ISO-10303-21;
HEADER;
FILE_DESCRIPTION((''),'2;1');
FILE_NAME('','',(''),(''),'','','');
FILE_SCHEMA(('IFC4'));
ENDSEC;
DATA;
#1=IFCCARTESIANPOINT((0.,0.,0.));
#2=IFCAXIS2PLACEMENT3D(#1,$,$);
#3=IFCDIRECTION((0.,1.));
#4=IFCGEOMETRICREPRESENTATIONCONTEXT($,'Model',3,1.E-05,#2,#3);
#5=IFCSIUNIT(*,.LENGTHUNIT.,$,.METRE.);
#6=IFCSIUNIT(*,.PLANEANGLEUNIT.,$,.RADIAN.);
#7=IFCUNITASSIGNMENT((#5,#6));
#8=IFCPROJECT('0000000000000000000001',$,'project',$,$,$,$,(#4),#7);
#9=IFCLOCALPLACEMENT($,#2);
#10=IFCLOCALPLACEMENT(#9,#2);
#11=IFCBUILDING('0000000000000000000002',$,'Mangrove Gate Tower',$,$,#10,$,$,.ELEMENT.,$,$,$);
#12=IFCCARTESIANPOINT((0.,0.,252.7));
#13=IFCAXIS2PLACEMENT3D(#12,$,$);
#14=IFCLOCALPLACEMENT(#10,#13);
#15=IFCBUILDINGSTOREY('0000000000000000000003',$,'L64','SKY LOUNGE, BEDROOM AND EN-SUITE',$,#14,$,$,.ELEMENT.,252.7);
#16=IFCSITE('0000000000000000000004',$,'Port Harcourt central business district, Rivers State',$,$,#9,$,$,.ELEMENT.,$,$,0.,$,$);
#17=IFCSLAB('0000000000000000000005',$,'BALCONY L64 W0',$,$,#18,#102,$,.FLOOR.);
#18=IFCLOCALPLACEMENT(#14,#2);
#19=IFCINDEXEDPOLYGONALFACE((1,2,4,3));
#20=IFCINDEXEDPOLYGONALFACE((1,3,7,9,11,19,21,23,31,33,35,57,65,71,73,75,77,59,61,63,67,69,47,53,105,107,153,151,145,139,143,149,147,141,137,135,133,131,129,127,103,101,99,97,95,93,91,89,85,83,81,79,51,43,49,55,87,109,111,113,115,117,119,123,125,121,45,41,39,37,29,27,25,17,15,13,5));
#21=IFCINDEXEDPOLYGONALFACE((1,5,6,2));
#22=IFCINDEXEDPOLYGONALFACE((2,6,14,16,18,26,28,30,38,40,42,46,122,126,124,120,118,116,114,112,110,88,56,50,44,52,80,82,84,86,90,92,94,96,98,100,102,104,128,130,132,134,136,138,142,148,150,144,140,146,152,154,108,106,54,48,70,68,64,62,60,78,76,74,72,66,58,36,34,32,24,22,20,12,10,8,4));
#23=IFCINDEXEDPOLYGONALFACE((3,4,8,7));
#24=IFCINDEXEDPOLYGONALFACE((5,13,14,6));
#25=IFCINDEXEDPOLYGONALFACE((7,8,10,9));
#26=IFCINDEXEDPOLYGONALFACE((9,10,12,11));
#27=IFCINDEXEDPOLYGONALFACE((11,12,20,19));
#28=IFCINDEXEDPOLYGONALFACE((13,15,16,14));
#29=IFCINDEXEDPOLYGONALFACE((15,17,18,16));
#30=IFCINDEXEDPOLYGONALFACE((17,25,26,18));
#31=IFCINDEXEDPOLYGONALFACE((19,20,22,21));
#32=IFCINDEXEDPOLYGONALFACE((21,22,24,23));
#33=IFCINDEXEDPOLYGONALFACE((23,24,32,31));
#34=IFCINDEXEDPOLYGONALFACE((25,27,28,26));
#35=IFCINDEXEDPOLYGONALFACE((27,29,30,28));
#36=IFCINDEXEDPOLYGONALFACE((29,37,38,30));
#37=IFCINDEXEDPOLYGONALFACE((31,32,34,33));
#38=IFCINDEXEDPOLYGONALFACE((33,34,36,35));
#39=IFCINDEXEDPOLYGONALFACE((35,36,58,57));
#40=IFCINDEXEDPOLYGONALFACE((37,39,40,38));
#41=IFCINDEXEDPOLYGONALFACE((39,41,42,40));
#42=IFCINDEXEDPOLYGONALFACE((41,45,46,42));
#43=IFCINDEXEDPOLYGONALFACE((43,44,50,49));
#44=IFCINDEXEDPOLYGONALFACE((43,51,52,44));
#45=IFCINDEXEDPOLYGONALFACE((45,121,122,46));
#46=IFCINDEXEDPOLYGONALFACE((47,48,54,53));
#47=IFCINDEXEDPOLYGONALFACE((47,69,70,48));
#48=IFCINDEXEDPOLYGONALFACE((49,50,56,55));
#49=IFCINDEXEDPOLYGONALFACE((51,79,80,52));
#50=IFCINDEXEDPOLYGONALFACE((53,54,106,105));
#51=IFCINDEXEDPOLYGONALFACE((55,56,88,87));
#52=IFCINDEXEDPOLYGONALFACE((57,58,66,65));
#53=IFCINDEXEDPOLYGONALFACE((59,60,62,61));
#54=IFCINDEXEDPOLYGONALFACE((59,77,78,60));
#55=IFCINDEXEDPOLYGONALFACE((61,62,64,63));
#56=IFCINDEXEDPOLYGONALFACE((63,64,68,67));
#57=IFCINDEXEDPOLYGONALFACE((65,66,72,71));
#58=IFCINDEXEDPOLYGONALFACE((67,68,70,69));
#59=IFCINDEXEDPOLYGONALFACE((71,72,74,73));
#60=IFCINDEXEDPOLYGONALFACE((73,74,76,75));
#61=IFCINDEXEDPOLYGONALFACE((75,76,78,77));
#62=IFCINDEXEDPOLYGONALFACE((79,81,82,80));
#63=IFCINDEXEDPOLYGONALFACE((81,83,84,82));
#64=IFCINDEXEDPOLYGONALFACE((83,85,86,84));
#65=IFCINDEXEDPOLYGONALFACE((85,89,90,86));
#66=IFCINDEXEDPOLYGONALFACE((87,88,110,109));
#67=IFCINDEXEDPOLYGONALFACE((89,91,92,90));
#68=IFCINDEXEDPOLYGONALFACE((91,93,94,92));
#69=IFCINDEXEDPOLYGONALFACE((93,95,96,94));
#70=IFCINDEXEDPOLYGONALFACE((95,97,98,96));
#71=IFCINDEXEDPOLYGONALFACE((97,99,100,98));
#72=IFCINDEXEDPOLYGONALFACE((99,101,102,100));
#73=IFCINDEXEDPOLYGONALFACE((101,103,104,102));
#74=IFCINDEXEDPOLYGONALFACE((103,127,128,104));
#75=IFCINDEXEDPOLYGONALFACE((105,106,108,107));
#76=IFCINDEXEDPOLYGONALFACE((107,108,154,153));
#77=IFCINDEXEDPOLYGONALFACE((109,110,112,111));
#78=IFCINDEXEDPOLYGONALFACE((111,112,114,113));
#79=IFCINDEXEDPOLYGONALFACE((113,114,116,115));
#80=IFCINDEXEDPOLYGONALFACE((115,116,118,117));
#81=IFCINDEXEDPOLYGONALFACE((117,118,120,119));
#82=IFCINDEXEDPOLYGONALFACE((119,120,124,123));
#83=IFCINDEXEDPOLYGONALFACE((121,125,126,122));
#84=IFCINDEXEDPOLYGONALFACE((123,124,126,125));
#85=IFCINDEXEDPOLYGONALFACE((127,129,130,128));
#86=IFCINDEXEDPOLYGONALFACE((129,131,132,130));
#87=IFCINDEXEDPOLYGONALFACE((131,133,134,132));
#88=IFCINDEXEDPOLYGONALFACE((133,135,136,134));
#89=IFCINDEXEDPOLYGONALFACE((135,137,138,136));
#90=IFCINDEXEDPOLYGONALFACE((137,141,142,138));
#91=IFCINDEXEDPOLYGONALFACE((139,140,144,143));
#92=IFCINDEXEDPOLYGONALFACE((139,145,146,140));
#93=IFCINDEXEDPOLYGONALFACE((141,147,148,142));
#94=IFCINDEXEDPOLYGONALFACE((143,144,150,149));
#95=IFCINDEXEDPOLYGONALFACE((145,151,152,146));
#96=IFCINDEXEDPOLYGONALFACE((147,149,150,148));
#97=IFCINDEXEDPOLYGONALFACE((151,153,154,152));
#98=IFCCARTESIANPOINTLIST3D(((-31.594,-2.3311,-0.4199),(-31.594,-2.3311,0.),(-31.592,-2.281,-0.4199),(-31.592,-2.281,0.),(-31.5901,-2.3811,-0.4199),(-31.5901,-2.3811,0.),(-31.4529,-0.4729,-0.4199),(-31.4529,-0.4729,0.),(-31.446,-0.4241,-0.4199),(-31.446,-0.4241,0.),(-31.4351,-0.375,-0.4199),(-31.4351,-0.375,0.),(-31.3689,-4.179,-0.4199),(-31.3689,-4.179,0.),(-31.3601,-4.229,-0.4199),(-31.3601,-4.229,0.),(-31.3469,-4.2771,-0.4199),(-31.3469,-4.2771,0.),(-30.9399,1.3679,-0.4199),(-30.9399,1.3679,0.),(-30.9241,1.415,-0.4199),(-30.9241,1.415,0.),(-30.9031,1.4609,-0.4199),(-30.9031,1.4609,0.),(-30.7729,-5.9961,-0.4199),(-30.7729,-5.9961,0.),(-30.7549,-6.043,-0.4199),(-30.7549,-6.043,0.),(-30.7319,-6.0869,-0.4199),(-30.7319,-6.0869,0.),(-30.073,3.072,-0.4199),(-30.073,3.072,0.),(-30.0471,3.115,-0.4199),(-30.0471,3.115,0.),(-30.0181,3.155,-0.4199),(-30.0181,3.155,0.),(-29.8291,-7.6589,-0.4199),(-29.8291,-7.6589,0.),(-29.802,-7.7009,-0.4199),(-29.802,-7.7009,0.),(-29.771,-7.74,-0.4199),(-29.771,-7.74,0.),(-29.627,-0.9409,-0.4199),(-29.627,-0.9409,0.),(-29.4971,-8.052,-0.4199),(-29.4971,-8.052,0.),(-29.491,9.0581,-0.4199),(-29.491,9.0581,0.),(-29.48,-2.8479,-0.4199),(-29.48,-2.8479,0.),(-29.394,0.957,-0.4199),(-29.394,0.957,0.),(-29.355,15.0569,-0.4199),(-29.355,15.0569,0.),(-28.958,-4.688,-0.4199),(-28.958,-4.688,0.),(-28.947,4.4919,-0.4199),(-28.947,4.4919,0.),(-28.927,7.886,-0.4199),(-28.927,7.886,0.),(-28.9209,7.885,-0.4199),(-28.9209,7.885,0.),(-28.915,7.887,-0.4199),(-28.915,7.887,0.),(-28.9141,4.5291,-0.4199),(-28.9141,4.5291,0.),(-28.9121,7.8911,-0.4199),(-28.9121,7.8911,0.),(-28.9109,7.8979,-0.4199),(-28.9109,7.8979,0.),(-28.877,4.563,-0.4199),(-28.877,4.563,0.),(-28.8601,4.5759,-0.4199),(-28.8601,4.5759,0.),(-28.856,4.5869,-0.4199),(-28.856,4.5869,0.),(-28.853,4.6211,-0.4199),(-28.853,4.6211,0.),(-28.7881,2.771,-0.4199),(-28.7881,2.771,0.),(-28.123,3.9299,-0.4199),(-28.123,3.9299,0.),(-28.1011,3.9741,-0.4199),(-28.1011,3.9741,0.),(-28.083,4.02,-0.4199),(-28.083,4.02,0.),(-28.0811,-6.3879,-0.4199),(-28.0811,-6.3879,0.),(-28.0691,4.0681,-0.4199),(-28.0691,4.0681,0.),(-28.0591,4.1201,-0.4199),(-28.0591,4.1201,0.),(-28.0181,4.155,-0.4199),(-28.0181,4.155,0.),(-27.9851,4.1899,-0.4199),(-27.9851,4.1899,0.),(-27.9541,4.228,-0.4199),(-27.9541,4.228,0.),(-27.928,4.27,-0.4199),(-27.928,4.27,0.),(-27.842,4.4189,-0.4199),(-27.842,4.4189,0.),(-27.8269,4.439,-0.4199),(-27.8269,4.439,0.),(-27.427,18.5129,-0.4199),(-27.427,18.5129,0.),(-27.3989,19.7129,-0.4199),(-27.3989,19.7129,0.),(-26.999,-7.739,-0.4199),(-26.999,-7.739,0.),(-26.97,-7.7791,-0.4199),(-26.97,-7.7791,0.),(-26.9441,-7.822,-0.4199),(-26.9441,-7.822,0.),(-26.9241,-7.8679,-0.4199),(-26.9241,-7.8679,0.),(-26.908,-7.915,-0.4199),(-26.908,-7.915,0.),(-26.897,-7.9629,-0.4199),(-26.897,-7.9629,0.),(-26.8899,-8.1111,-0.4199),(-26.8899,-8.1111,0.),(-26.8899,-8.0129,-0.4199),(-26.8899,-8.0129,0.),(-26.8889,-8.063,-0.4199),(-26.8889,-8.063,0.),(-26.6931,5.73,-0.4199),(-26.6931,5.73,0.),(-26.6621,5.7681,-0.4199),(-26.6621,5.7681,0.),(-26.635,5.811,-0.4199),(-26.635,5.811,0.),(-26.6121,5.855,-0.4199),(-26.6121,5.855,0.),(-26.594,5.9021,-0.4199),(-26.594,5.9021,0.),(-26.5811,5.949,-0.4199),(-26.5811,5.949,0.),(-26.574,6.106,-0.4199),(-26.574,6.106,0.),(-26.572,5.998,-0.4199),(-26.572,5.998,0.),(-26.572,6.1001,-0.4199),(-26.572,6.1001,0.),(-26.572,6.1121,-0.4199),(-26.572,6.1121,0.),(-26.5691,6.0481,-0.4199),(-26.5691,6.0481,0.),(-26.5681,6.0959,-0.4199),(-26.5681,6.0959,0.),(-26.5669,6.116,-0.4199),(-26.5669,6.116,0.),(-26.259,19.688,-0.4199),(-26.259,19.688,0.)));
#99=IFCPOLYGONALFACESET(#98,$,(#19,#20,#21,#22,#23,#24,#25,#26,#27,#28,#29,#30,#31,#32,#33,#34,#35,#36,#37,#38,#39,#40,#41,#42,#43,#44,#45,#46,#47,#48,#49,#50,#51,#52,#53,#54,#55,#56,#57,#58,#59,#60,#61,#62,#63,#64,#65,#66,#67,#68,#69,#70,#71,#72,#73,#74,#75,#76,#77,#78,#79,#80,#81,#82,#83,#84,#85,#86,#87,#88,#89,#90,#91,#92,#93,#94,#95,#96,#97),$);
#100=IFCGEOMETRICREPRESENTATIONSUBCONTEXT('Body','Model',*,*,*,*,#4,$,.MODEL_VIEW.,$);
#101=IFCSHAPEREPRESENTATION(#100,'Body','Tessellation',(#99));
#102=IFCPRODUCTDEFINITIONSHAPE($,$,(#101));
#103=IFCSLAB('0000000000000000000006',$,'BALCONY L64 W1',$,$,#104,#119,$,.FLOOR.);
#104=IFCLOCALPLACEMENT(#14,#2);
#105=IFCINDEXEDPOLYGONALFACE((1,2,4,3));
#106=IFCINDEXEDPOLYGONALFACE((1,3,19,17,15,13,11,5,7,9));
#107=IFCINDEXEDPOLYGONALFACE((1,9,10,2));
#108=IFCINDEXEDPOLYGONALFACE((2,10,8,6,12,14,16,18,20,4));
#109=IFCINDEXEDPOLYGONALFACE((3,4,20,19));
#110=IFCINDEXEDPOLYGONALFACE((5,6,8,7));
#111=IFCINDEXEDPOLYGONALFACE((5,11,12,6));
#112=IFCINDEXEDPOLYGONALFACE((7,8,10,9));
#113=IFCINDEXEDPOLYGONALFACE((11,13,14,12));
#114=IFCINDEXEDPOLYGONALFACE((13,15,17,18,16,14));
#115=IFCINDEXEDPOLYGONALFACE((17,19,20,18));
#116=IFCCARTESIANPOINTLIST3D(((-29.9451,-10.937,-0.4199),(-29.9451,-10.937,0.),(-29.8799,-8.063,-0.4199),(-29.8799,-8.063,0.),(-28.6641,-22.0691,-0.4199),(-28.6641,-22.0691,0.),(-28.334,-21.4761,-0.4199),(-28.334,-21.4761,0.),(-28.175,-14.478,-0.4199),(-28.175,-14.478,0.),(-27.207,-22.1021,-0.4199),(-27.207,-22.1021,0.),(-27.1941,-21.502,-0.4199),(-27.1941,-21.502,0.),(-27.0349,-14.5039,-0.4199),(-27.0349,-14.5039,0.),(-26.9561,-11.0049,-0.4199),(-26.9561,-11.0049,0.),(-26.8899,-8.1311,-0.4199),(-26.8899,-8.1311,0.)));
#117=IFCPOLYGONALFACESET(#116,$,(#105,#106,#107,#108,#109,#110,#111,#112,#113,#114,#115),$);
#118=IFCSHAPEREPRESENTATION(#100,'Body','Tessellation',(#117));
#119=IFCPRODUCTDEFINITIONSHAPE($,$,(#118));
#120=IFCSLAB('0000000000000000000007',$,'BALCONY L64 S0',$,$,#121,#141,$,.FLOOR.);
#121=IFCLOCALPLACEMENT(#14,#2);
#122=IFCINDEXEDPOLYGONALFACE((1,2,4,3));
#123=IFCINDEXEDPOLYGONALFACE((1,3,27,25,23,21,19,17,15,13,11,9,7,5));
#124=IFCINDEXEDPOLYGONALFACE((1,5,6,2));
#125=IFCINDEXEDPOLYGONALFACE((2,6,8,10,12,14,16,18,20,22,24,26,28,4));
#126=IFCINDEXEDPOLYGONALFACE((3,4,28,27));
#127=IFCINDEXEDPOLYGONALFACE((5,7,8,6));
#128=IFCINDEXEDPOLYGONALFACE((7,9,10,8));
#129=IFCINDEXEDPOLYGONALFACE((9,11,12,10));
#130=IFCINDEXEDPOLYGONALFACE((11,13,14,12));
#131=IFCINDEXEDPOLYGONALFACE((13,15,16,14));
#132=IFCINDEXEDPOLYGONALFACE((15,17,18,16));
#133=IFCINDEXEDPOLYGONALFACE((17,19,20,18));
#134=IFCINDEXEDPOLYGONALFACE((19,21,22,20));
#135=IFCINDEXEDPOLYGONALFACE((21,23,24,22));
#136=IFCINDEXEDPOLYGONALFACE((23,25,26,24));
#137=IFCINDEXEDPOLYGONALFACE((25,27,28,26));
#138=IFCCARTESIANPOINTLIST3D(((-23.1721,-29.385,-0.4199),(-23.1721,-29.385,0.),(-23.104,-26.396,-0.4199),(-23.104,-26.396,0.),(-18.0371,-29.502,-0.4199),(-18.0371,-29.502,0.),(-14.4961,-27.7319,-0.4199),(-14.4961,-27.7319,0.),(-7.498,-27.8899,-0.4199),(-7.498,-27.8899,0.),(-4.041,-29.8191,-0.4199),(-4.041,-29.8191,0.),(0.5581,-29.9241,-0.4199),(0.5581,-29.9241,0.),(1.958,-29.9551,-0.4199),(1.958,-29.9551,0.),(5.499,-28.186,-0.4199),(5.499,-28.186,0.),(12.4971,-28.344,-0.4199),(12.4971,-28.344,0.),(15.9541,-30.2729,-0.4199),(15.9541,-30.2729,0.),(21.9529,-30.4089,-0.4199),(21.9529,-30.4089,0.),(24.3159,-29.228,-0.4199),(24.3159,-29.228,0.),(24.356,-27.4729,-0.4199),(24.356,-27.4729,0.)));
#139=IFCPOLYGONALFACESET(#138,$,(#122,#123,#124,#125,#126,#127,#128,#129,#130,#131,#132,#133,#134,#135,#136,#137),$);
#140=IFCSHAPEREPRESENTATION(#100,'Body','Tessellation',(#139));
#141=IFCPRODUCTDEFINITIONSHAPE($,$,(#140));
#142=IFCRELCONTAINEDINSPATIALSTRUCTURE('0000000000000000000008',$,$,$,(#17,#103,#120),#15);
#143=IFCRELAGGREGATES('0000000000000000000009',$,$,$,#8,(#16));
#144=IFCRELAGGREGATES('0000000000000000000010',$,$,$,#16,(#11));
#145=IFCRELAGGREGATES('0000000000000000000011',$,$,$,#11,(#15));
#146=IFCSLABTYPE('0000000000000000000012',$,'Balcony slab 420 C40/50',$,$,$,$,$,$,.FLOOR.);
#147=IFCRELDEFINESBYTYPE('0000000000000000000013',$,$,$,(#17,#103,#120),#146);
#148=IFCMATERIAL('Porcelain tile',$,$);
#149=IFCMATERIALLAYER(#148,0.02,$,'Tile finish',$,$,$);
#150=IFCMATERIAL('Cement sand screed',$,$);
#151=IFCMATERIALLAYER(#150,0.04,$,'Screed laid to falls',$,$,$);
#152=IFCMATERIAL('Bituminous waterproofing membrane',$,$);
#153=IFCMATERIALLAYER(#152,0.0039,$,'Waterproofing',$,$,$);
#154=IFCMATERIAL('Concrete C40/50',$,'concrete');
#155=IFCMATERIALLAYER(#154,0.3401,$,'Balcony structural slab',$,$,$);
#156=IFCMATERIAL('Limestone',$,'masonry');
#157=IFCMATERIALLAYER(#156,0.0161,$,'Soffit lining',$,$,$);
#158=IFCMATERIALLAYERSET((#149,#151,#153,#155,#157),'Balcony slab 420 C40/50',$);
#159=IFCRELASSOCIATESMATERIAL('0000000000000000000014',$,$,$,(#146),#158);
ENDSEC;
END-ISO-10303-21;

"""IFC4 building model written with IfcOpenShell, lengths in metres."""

from ifc_helpers import new_model, si_unit, direction, frame, origin, place, context, subcontext, project, spatial, polyline, outline, extrude, material, layer, layer_set, type_object, element, save


model = new_model("IFC4")

# Units and contexts
model_context = context("Model", 3, precision=1e-05, world=origin(), true_north=direction((0.0, 1.0)))
body_context = subcontext(model_context, "Body", "Model", "MODEL_VIEW")
ifc_project = project(units=[si_unit("LENGTHUNIT", "METRE"), si_unit("PLANEANGLEUNIT", "RADIAN")], contexts=[model_context])

# Site, building, storey
site_placement = place(None, origin())
site = spatial("IfcSite", under=ifc_project, at=site_placement, Name="Port Harcourt central business district, Rivers State", CompositionType="ELEMENT", RefElevation=0.0)
building_placement = place(site_placement, origin())
building = spatial("IfcBuilding", under=site, at=building_placement, Name="Mangrove Gate Tower", CompositionType="ELEMENT")
storey_placement = place(building_placement, frame((0.0, 0.0, 252.7)))
storey = spatial("IfcBuildingStorey", under=building, at=storey_placement, Name="L64", Description="SKY LOUNGE, BEDROOM AND EN-SUITE", CompositionType="ELEMENT", Elevation=252.7)

# Slabs
ifc_material_1 = material(Name="Porcelain tile")
ifc_layer_1 = layer(ifc_material_1, 0.02, Name="Tile finish")
ifc_material_2 = material(Name="Cement sand screed")
ifc_layer_2 = layer(ifc_material_2, 0.04, Name="Screed laid to falls")
ifc_material_3 = material(Name="Bituminous waterproofing membrane")
ifc_layer_3 = layer(ifc_material_3, 0.0039, Name="Waterproofing")
ifc_material_4 = material(Name="Concrete C40/50", Category="concrete")
ifc_layer_4 = layer(ifc_material_4, 0.3401, Name="Balcony structural slab")
ifc_material_5 = material(Name="Limestone", Category="masonry")
ifc_layer_5 = layer(ifc_material_5, 0.0161, Name="Soffit lining")
ifc_layer_set_1 = layer_set([ifc_layer_1, ifc_layer_2, ifc_layer_3, ifc_layer_4, ifc_layer_5], Name="Balcony slab 420 C40/50")
slab_type_1 = type_object("IfcSlabType", Name="Balcony slab 420 C40/50", PredefinedType="FLOOR", material=ifc_layer_set_1)
slab_1_placement = place(storey_placement, frame((0.0, 0.0, -0.4199)))
element("IfcSlab", 1, at=slab_1_placement, inside=storey, type_object=slab_type_1, Name="BALCONY L64 W0", PredefinedType="FLOOR", context=body_context, shape_type="SweptSolid", body=[
    extrude(outline(polyline([(-26.8899, -8.1111), (-26.8889, -8.063), (-26.8899, -8.0129), (-26.897, -7.9629), (-26.908, -7.915), (-26.9241, -7.8679), (-26.9441, -7.822), (-26.97, -7.7791), (-26.999, -7.739), (-28.0811, -6.3879), (-28.958, -4.688), (-29.48, -2.8479), (-29.627, -0.9409), (-29.394, 0.957), (-28.7881, 2.771), (-28.123, 3.9299), (-28.1011, 3.9741), (-28.083, 4.02), (-28.0691, 4.0681), (-28.0591, 4.1201), (-28.0181, 4.155), (-27.9851, 4.1899), (-27.9541, 4.228), (-27.928, 4.27), (-27.842, 4.4189), (-27.8269, 4.439), (-26.6931, 5.73), (-26.6621, 5.7681), (-26.635, 5.811), (-26.6121, 5.855), (-26.594, 5.9021), (-26.5811, 5.949), (-26.572, 5.998), (-26.5691, 6.0481), (-26.5681, 6.0959), (-26.572, 6.1001), (-26.574, 6.106), (-26.572, 6.1121), (-26.5669, 6.116), (-26.259, 19.688), (-27.3989, 19.7129), (-27.427, 18.5129), (-29.355, 15.0569), (-29.491, 9.0581), (-28.9109, 7.8979), (-28.9121, 7.8911), (-28.915, 7.887), (-28.9209, 7.885), (-28.927, 7.886), (-28.853, 4.6211), (-28.856, 4.5869), (-28.8601, 4.5759), (-28.877, 4.563), (-28.9141, 4.5291), (-28.947, 4.4919), (-30.0181, 3.155), (-30.0471, 3.115), (-30.073, 3.072), (-30.9031, 1.4609), (-30.9241, 1.415), (-30.9399, 1.3679), (-31.4351, -0.375), (-31.446, -0.4241), (-31.4529, -0.4729), (-31.592, -2.281), (-31.594, -2.3311), (-31.5901, -2.3811), (-31.3689, -4.179), (-31.3601, -4.229), (-31.3469, -4.2771), (-30.7729, -5.9961), (-30.7549, -6.043), (-30.7319, -6.0869), (-29.8291, -7.6589), (-29.802, -7.7009), (-29.771, -7.74), (-29.4971, -8.052), (-26.8899, -8.1111)])), origin(), (0.0, 0.0, 1.0), 0.4199),
])
slab_2_placement = place(storey_placement, frame((0.0, 0.0, -0.4199)))
element("IfcSlab", 2, at=slab_2_placement, inside=storey, type_object=slab_type_1, Name="BALCONY L64 W1", PredefinedType="FLOOR", context=body_context, shape_type="SweptSolid", body=[
    extrude(outline(polyline([(-29.8799, -8.063), (-29.9451, -10.937), (-28.175, -14.478), (-28.334, -21.4761), (-28.6641, -22.0691), (-27.207, -22.1021), (-27.1941, -21.502), (-27.0349, -14.5039), (-26.9561, -11.0049), (-26.8899, -8.1311), (-29.8799, -8.063)])), origin(), (0.0, 0.0, 1.0), 0.4199),
])
slab_3_placement = place(storey_placement, frame((0.0, 0.0, -0.4199)))
element("IfcSlab", 3, at=slab_3_placement, inside=storey, type_object=slab_type_1, Name="BALCONY L64 S0", PredefinedType="FLOOR", context=body_context, shape_type="SweptSolid", body=[
    extrude(outline(polyline([(-23.1721, -29.385), (-18.0371, -29.502), (-14.4961, -27.7319), (-7.498, -27.8899), (-4.041, -29.8191), (0.5581, -29.9241), (1.958, -29.9551), (5.499, -28.186), (12.4971, -28.344), (15.9541, -30.2729), (21.9529, -30.4089), (24.3159, -29.228), (24.356, -27.4729), (-23.104, -26.396), (-23.1721, -29.385)])), origin(), (0.0, 0.0, 1.0), 0.4199),
])

save(model, "model.ifc")
